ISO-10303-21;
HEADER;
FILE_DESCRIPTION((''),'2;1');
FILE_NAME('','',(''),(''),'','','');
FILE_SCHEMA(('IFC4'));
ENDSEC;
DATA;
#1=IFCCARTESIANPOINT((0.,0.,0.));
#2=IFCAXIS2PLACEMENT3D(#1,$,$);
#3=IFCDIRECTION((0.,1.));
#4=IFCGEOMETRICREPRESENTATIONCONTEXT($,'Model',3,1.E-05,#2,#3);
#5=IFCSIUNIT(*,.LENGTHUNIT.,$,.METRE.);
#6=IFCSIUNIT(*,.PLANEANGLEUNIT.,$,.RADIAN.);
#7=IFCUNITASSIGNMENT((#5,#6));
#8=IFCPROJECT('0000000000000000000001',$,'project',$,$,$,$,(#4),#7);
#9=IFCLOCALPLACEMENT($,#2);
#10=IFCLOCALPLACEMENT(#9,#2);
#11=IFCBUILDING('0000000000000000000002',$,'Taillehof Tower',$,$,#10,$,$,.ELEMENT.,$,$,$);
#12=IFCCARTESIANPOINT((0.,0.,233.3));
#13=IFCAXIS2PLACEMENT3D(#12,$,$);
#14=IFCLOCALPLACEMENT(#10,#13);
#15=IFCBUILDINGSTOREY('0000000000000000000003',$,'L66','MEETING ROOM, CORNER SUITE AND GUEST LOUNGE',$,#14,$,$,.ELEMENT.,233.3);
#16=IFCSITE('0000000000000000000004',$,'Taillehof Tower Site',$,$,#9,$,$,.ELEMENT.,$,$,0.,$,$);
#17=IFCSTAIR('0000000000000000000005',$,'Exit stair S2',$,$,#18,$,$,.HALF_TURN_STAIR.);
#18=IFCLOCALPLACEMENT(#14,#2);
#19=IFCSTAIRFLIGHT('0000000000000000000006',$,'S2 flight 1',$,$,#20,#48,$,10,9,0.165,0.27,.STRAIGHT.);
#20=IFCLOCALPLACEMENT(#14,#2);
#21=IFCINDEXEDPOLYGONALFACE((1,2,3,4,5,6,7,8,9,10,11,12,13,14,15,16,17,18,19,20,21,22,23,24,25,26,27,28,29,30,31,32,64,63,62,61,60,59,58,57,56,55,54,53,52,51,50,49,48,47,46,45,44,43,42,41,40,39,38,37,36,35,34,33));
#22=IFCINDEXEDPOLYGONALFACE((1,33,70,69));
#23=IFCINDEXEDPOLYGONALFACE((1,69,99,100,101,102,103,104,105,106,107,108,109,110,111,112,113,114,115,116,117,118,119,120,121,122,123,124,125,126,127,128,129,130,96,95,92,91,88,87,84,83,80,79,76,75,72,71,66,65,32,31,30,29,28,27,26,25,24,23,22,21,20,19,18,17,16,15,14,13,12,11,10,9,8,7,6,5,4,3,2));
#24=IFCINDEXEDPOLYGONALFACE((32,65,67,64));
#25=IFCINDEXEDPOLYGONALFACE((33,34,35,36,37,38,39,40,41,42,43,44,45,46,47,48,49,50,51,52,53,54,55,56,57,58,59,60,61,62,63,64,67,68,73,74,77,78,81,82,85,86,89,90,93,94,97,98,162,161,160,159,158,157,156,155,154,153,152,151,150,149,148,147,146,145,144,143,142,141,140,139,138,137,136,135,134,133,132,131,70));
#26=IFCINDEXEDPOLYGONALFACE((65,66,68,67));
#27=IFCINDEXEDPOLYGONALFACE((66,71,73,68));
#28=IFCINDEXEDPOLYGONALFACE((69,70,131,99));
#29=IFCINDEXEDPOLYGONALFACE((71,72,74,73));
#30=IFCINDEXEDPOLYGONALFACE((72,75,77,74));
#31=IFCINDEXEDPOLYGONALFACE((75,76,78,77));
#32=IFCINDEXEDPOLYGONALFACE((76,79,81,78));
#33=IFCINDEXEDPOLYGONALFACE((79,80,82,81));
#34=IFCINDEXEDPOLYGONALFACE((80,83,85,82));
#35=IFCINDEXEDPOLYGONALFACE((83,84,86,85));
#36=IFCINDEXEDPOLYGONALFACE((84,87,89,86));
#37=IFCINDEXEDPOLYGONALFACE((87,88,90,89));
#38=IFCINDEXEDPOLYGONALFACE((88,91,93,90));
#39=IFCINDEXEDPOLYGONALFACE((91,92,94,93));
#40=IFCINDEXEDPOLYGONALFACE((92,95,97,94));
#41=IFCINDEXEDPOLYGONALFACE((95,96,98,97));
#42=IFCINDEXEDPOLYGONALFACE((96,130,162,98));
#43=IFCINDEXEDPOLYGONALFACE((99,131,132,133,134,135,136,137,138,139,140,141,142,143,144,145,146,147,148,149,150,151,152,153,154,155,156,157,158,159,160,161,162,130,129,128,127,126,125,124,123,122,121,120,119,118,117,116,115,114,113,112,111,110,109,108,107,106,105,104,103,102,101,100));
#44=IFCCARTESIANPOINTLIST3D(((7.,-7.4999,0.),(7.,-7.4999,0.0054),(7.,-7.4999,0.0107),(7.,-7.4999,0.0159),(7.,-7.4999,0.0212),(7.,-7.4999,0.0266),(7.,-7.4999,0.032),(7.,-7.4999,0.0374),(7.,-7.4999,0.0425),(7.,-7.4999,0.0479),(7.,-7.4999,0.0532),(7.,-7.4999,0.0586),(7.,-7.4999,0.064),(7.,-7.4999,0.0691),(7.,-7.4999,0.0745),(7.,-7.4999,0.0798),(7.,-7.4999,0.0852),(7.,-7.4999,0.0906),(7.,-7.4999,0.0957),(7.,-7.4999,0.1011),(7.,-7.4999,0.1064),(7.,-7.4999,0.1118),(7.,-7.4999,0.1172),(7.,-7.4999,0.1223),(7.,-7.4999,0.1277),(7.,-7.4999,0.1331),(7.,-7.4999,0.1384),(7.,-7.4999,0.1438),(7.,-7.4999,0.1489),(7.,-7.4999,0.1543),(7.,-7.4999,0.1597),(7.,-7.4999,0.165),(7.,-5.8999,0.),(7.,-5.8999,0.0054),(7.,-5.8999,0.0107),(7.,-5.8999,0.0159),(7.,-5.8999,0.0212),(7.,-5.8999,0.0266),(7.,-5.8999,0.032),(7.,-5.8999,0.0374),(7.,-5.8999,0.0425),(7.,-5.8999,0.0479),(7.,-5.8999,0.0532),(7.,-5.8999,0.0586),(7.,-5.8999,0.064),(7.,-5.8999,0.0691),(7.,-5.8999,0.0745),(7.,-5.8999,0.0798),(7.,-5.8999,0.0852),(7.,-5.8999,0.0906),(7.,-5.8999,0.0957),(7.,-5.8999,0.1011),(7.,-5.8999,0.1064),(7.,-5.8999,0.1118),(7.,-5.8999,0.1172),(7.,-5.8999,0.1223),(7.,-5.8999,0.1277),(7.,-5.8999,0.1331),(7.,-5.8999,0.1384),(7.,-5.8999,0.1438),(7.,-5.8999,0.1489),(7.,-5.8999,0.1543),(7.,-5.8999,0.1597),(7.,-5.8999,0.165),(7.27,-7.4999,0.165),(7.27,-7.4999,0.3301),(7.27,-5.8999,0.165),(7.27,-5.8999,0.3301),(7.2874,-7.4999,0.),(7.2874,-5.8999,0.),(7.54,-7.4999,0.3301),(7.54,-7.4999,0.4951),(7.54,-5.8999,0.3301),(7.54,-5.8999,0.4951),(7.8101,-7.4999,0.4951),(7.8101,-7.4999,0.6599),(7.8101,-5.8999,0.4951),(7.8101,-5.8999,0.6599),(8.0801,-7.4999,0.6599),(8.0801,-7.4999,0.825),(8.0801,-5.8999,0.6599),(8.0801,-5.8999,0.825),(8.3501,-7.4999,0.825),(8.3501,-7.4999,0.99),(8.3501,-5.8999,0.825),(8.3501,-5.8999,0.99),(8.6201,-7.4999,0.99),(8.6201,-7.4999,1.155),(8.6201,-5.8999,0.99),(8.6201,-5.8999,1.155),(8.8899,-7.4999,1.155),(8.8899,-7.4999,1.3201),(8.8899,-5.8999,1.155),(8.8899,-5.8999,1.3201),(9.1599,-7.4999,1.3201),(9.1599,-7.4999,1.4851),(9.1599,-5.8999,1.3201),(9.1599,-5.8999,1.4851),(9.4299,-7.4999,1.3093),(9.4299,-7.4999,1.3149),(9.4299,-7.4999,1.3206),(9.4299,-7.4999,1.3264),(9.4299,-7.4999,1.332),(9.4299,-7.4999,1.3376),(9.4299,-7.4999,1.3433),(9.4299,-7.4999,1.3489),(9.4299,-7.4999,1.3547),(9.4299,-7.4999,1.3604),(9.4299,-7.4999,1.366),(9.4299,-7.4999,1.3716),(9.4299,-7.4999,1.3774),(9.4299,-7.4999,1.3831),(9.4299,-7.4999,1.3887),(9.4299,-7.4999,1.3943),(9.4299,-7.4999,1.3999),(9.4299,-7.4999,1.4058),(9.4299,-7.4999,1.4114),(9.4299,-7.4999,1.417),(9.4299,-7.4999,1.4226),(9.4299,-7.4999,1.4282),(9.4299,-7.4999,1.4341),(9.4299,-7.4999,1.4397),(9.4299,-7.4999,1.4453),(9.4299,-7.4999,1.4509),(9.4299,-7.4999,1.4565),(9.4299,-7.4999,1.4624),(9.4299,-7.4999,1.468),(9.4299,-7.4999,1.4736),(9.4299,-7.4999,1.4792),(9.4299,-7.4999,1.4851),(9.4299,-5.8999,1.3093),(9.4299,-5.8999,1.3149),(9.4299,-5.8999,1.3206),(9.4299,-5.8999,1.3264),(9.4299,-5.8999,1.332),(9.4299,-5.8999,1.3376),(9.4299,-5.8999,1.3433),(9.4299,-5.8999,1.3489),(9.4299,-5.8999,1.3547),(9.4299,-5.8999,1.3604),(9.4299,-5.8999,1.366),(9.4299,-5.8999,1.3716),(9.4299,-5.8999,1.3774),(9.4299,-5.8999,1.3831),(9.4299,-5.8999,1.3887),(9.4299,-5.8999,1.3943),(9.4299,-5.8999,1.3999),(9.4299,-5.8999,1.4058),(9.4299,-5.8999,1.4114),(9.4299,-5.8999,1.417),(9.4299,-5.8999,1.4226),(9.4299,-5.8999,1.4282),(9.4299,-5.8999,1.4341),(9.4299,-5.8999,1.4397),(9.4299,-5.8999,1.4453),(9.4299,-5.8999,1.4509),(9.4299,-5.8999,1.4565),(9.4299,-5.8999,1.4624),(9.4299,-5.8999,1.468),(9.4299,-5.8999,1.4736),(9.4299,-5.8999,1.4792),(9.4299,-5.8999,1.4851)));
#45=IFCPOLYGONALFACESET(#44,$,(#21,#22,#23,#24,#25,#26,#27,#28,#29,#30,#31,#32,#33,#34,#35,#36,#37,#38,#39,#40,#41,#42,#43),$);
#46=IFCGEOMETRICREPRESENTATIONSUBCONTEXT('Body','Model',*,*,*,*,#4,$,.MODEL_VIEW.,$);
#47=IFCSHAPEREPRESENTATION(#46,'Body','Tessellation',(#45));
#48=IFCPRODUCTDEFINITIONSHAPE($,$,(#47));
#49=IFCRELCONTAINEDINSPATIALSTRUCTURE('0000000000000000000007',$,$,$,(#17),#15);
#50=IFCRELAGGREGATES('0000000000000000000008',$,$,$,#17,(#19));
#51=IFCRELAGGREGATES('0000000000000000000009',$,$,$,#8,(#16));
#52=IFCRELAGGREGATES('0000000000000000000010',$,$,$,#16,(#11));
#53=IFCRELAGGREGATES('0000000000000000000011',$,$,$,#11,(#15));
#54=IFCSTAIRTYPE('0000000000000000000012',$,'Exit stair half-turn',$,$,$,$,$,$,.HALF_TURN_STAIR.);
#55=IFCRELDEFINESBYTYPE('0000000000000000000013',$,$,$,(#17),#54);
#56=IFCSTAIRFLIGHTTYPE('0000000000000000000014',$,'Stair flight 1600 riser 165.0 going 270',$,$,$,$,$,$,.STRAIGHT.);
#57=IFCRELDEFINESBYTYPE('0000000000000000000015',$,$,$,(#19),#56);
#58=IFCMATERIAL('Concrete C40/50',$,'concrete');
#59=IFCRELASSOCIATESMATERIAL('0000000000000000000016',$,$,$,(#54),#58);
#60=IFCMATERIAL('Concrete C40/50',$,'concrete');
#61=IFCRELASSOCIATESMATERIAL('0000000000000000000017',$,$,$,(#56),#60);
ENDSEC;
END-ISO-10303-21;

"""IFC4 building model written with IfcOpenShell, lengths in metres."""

from ifc_helpers import new_model, si_unit, direction, frame, origin, place, context, subcontext, project, spatial, polyline, outline, extrude, material, type_object, element, aggregate, save


model = new_model("IFC4")

# Units and contexts
model_context = context("Model", 3, precision=1e-05, world=origin(), true_north=direction((0.0, 1.0)))
body_context = subcontext(model_context, "Body", "Model", "MODEL_VIEW")
ifc_project = project(units=[si_unit("LENGTHUNIT", "METRE"), si_unit("PLANEANGLEUNIT", "RADIAN")], contexts=[model_context])

# Site, building, storey
site_placement = place(None, origin())
site = spatial("IfcSite", under=ifc_project, at=site_placement, Name="Taillehof Tower Site", CompositionType="ELEMENT", RefElevation=0.0)
building_placement = place(site_placement, origin())
building = spatial("IfcBuilding", under=site, at=building_placement, Name="Taillehof Tower", CompositionType="ELEMENT")
storey_placement = place(building_placement, frame((0.0, 0.0, 233.3)))
storey = spatial("IfcBuildingStorey", under=building, at=storey_placement, Name="L66", Description="MEETING ROOM, CORNER SUITE AND GUEST LOUNGE", CompositionType="ELEMENT", Elevation=233.3)

# Stair
ifc_material_1 = material(Name="Concrete C40/50", Category="concrete")
stair_type = type_object("IfcStairType", Name="Exit stair half-turn", PredefinedType="HALF_TURN_STAIR", material=ifc_material_1)
stair_1_placement = place(storey_placement, origin())
stair_1 = element("IfcStair", 1, at=stair_1_placement, inside=storey, type_object=stair_type, Name="Exit stair S2", PredefinedType="HALF_TURN_STAIR")

# Stair flight
ifc_material_2 = material(Name="Concrete C40/50", Category="concrete")
stair_flight_type = type_object("IfcStairFlightType", Name="Stair flight 1600 riser 165.0 going 270", PredefinedType="STRAIGHT", material=ifc_material_2)
stair_flight_placement = place(storey_placement, frame((7.0, -6.7, 0.0), z_axis=(0.0, 0.0, 1.0), x_axis=(1.0, 0.0, 0.0)))
stair_flight = element("IfcStairFlight", 2, at=stair_flight_placement, type_object=stair_flight_type, Name="S2 flight 1", NumberOfRisers=10, NumberOfTreads=9, PredefinedType="STRAIGHT", RiserHeight=0.165, TreadLength=0.27, context=body_context, shape_type="SweptSolid", body=[
    extrude(outline(polyline([(0.0, 0.0), (0.0, 0.0054), (0.0, 0.0107), (0.0, 0.0159), (0.0, 0.0212), (0.0, 0.0266), (0.0, 0.032), (0.0, 0.0374), (0.0, 0.0425), (0.0, 0.0479), (0.0, 0.0532), (0.0, 0.0586), (0.0, 0.064), (0.0, 0.0691), (0.0, 0.0745), (0.0, 0.0798), (0.0, 0.0852), (0.0, 0.0906), (0.0, 0.0957), (0.0, 0.1011), (0.0, 0.1064), (0.0, 0.1118), (0.0, 0.1172), (0.0, 0.1223), (0.0, 0.1277), (0.0, 0.1331), (0.0, 0.1384), (0.0, 0.1438), (0.0, 0.1489), (0.0, 0.1543), (0.0, 0.1597), (0.0, 0.165), (0.27, 0.165), (0.27, 0.3301), (0.54, 0.3301), (0.54, 0.4951), (0.8101, 0.4951), (0.8101, 0.6599), (1.0801, 0.6599), (1.0801, 0.825), (1.3501, 0.825), (1.3501, 0.99), (1.6201, 0.99), (1.6201, 1.155), (1.8899, 1.155), (1.8899, 1.3201), (2.1599, 1.3201), (2.1599, 1.4851), (2.4299, 1.4851), (2.4299, 1.4792), (2.4299, 1.4736), (2.4299, 1.468), (2.4299, 1.4624), (2.4299, 1.4565), (2.4299, 1.4509), (2.4299, 1.4453), (2.4299, 1.4397), (2.4299, 1.4341), (2.4299, 1.4282), (2.4299, 1.4226), (2.4299, 1.417), (2.4299, 1.4114), (2.4299, 1.4058), (2.4299, 1.3999), (2.4299, 1.3943), (2.4299, 1.3887), (2.4299, 1.3831), (2.4299, 1.3774), (2.4299, 1.3716), (2.4299, 1.366), (2.4299, 1.3604), (2.4299, 1.3547), (2.4299, 1.3489), (2.4299, 1.3433), (2.4299, 1.3376), (2.4299, 1.332), (2.4299, 1.3264), (2.4299, 1.3206), (2.4299, 1.3149), (2.4299, 1.3093), (0.2874, 0.0), (0.0, 0.0)])), frame((0.0, 0.8, 0.0), z_axis=(0.0, -1.0, 0.0), x_axis=(1.0, 0.0, 0.0)), (0.0, 0.0, 1.0), 1.6),
])
aggregate(stair_1, [stair_flight])

save(model, "model.ifc")
